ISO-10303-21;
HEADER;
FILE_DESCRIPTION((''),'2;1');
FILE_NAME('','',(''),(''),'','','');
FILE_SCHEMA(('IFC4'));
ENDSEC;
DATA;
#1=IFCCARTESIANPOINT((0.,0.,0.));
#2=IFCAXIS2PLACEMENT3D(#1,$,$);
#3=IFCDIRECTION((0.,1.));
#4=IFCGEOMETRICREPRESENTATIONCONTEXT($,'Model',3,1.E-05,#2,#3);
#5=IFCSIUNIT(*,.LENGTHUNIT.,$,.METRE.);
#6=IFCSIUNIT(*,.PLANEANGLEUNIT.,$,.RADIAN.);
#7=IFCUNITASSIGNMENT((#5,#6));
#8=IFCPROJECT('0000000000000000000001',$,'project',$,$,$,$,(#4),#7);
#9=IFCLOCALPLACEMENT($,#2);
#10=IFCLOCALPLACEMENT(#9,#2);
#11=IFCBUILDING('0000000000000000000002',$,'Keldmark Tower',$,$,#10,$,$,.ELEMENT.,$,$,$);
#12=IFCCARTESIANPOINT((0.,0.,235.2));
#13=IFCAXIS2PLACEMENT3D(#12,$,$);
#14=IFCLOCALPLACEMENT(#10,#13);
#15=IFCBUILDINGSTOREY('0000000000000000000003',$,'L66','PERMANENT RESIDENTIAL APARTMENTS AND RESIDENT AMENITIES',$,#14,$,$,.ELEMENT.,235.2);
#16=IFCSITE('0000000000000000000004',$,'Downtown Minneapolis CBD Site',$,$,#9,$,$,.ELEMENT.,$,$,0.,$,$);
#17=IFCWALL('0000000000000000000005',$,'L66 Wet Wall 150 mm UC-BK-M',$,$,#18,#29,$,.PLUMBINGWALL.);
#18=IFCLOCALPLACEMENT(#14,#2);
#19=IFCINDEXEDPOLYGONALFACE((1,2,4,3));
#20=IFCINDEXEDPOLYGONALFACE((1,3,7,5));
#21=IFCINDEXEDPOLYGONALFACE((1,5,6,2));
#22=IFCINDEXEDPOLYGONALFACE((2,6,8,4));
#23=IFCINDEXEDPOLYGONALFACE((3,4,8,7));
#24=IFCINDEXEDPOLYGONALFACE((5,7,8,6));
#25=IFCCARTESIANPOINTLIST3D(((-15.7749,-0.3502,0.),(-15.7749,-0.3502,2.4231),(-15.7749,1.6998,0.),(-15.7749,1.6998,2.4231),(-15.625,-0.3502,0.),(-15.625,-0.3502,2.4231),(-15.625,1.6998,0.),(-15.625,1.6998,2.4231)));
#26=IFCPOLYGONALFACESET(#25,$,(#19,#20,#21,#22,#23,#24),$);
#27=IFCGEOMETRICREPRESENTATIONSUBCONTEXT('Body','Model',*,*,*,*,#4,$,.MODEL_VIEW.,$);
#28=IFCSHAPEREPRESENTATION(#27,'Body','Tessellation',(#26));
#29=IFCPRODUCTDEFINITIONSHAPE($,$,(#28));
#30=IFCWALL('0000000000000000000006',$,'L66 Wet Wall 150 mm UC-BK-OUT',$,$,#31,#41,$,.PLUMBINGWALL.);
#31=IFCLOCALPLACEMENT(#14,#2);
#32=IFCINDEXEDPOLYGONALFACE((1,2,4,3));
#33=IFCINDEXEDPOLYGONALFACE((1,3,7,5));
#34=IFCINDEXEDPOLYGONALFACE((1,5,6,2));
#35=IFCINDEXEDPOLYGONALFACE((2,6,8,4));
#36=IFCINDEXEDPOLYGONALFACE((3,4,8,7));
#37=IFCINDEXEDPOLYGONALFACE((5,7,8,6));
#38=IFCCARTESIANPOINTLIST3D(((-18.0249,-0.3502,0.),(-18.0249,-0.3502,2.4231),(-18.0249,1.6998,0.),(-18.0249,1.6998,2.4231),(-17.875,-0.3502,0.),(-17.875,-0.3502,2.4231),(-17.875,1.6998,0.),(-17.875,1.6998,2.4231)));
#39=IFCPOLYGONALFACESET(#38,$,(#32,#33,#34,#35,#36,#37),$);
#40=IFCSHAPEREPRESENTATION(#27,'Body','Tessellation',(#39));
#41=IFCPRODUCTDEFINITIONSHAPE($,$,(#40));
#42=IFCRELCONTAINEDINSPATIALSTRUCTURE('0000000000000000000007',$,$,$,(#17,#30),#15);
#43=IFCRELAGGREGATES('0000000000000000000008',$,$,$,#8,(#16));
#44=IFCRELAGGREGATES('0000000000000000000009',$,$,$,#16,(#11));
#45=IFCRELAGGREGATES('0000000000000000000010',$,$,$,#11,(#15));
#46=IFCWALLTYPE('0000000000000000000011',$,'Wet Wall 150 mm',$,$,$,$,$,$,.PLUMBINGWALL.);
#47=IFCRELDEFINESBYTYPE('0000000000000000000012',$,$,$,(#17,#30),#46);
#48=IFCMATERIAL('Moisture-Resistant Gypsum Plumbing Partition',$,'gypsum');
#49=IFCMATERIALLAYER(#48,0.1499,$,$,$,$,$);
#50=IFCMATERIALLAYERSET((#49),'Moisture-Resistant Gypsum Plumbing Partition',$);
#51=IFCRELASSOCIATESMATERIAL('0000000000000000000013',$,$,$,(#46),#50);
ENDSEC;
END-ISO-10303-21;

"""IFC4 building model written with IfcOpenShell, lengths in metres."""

from ifc_helpers import new_model, si_unit, direction, frame, frame_2d, origin, place, context, subcontext, project, spatial, rectangle, extrude, material, layer, layer_set, type_object, element, save


model = new_model("IFC4")

# Units and contexts
model_context = context("Model", 3, precision=1e-05, world=origin(), true_north=direction((0.0, 1.0)))
body_context = subcontext(model_context, "Body", "Model", "MODEL_VIEW")
ifc_project = project(units=[si_unit("LENGTHUNIT", "METRE"), si_unit("PLANEANGLEUNIT", "RADIAN")], contexts=[model_context])

# Site, building, storey
site_placement = place(None, origin())
site = spatial("IfcSite", under=ifc_project, at=site_placement, Name="Downtown Minneapolis CBD Site", CompositionType="ELEMENT", RefElevation=0.0)
building_placement = place(site_placement, origin())
building = spatial("IfcBuilding", under=site, at=building_placement, Name="Keldmark Tower", CompositionType="ELEMENT")
storey_placement = place(building_placement, frame((0.0, 0.0, 235.2)))
storey = spatial("IfcBuildingStorey", under=building, at=storey_placement, Name="L66", Description="PERMANENT RESIDENTIAL APARTMENTS AND RESIDENT AMENITIES", CompositionType="ELEMENT", Elevation=235.2)

# Walls
ifc_material_1 = material(Name="Moisture-Resistant Gypsum Plumbing Partition", Category="gypsum")
ifc_layer_1 = layer(ifc_material_1, 0.1499)
ifc_layer_set_1 = layer_set([ifc_layer_1], Name="Moisture-Resistant Gypsum Plumbing Partition")
wall_type_1 = type_object("IfcWallType", Name="Wet Wall 150 mm", PredefinedType="PLUMBINGWALL", material=ifc_layer_set_1)
for number, where, z_axis, x_axis, name in (
    (1, (-15.7, -0.3501, 0.0), (0.0, 0.0, 1.0), (0.0, 1.0, 0.0), "L66 Wet Wall 150 mm UC-BK-M"),
    (2, (-17.95, -0.3501, 0.0), (0.0, 0.0, 1.0), (0.0, 1.0, 0.0), "L66 Wet Wall 150 mm UC-BK-OUT"),
):
    element("IfcWall", number, at=place(storey_placement, frame(where, z_axis=z_axis, x_axis=x_axis)), inside=storey, type_object=wall_type_1, Name=name, PredefinedType="PLUMBINGWALL", context=body_context, shape_type="SweptSolid", body=[
        extrude(rectangle(XDim=2.05, YDim=0.1499, at=frame_2d((1.0249, 0.0))), origin(), (0.0, 0.0, 1.0), 2.4231),
    ])

save(model, "model.ifc")
